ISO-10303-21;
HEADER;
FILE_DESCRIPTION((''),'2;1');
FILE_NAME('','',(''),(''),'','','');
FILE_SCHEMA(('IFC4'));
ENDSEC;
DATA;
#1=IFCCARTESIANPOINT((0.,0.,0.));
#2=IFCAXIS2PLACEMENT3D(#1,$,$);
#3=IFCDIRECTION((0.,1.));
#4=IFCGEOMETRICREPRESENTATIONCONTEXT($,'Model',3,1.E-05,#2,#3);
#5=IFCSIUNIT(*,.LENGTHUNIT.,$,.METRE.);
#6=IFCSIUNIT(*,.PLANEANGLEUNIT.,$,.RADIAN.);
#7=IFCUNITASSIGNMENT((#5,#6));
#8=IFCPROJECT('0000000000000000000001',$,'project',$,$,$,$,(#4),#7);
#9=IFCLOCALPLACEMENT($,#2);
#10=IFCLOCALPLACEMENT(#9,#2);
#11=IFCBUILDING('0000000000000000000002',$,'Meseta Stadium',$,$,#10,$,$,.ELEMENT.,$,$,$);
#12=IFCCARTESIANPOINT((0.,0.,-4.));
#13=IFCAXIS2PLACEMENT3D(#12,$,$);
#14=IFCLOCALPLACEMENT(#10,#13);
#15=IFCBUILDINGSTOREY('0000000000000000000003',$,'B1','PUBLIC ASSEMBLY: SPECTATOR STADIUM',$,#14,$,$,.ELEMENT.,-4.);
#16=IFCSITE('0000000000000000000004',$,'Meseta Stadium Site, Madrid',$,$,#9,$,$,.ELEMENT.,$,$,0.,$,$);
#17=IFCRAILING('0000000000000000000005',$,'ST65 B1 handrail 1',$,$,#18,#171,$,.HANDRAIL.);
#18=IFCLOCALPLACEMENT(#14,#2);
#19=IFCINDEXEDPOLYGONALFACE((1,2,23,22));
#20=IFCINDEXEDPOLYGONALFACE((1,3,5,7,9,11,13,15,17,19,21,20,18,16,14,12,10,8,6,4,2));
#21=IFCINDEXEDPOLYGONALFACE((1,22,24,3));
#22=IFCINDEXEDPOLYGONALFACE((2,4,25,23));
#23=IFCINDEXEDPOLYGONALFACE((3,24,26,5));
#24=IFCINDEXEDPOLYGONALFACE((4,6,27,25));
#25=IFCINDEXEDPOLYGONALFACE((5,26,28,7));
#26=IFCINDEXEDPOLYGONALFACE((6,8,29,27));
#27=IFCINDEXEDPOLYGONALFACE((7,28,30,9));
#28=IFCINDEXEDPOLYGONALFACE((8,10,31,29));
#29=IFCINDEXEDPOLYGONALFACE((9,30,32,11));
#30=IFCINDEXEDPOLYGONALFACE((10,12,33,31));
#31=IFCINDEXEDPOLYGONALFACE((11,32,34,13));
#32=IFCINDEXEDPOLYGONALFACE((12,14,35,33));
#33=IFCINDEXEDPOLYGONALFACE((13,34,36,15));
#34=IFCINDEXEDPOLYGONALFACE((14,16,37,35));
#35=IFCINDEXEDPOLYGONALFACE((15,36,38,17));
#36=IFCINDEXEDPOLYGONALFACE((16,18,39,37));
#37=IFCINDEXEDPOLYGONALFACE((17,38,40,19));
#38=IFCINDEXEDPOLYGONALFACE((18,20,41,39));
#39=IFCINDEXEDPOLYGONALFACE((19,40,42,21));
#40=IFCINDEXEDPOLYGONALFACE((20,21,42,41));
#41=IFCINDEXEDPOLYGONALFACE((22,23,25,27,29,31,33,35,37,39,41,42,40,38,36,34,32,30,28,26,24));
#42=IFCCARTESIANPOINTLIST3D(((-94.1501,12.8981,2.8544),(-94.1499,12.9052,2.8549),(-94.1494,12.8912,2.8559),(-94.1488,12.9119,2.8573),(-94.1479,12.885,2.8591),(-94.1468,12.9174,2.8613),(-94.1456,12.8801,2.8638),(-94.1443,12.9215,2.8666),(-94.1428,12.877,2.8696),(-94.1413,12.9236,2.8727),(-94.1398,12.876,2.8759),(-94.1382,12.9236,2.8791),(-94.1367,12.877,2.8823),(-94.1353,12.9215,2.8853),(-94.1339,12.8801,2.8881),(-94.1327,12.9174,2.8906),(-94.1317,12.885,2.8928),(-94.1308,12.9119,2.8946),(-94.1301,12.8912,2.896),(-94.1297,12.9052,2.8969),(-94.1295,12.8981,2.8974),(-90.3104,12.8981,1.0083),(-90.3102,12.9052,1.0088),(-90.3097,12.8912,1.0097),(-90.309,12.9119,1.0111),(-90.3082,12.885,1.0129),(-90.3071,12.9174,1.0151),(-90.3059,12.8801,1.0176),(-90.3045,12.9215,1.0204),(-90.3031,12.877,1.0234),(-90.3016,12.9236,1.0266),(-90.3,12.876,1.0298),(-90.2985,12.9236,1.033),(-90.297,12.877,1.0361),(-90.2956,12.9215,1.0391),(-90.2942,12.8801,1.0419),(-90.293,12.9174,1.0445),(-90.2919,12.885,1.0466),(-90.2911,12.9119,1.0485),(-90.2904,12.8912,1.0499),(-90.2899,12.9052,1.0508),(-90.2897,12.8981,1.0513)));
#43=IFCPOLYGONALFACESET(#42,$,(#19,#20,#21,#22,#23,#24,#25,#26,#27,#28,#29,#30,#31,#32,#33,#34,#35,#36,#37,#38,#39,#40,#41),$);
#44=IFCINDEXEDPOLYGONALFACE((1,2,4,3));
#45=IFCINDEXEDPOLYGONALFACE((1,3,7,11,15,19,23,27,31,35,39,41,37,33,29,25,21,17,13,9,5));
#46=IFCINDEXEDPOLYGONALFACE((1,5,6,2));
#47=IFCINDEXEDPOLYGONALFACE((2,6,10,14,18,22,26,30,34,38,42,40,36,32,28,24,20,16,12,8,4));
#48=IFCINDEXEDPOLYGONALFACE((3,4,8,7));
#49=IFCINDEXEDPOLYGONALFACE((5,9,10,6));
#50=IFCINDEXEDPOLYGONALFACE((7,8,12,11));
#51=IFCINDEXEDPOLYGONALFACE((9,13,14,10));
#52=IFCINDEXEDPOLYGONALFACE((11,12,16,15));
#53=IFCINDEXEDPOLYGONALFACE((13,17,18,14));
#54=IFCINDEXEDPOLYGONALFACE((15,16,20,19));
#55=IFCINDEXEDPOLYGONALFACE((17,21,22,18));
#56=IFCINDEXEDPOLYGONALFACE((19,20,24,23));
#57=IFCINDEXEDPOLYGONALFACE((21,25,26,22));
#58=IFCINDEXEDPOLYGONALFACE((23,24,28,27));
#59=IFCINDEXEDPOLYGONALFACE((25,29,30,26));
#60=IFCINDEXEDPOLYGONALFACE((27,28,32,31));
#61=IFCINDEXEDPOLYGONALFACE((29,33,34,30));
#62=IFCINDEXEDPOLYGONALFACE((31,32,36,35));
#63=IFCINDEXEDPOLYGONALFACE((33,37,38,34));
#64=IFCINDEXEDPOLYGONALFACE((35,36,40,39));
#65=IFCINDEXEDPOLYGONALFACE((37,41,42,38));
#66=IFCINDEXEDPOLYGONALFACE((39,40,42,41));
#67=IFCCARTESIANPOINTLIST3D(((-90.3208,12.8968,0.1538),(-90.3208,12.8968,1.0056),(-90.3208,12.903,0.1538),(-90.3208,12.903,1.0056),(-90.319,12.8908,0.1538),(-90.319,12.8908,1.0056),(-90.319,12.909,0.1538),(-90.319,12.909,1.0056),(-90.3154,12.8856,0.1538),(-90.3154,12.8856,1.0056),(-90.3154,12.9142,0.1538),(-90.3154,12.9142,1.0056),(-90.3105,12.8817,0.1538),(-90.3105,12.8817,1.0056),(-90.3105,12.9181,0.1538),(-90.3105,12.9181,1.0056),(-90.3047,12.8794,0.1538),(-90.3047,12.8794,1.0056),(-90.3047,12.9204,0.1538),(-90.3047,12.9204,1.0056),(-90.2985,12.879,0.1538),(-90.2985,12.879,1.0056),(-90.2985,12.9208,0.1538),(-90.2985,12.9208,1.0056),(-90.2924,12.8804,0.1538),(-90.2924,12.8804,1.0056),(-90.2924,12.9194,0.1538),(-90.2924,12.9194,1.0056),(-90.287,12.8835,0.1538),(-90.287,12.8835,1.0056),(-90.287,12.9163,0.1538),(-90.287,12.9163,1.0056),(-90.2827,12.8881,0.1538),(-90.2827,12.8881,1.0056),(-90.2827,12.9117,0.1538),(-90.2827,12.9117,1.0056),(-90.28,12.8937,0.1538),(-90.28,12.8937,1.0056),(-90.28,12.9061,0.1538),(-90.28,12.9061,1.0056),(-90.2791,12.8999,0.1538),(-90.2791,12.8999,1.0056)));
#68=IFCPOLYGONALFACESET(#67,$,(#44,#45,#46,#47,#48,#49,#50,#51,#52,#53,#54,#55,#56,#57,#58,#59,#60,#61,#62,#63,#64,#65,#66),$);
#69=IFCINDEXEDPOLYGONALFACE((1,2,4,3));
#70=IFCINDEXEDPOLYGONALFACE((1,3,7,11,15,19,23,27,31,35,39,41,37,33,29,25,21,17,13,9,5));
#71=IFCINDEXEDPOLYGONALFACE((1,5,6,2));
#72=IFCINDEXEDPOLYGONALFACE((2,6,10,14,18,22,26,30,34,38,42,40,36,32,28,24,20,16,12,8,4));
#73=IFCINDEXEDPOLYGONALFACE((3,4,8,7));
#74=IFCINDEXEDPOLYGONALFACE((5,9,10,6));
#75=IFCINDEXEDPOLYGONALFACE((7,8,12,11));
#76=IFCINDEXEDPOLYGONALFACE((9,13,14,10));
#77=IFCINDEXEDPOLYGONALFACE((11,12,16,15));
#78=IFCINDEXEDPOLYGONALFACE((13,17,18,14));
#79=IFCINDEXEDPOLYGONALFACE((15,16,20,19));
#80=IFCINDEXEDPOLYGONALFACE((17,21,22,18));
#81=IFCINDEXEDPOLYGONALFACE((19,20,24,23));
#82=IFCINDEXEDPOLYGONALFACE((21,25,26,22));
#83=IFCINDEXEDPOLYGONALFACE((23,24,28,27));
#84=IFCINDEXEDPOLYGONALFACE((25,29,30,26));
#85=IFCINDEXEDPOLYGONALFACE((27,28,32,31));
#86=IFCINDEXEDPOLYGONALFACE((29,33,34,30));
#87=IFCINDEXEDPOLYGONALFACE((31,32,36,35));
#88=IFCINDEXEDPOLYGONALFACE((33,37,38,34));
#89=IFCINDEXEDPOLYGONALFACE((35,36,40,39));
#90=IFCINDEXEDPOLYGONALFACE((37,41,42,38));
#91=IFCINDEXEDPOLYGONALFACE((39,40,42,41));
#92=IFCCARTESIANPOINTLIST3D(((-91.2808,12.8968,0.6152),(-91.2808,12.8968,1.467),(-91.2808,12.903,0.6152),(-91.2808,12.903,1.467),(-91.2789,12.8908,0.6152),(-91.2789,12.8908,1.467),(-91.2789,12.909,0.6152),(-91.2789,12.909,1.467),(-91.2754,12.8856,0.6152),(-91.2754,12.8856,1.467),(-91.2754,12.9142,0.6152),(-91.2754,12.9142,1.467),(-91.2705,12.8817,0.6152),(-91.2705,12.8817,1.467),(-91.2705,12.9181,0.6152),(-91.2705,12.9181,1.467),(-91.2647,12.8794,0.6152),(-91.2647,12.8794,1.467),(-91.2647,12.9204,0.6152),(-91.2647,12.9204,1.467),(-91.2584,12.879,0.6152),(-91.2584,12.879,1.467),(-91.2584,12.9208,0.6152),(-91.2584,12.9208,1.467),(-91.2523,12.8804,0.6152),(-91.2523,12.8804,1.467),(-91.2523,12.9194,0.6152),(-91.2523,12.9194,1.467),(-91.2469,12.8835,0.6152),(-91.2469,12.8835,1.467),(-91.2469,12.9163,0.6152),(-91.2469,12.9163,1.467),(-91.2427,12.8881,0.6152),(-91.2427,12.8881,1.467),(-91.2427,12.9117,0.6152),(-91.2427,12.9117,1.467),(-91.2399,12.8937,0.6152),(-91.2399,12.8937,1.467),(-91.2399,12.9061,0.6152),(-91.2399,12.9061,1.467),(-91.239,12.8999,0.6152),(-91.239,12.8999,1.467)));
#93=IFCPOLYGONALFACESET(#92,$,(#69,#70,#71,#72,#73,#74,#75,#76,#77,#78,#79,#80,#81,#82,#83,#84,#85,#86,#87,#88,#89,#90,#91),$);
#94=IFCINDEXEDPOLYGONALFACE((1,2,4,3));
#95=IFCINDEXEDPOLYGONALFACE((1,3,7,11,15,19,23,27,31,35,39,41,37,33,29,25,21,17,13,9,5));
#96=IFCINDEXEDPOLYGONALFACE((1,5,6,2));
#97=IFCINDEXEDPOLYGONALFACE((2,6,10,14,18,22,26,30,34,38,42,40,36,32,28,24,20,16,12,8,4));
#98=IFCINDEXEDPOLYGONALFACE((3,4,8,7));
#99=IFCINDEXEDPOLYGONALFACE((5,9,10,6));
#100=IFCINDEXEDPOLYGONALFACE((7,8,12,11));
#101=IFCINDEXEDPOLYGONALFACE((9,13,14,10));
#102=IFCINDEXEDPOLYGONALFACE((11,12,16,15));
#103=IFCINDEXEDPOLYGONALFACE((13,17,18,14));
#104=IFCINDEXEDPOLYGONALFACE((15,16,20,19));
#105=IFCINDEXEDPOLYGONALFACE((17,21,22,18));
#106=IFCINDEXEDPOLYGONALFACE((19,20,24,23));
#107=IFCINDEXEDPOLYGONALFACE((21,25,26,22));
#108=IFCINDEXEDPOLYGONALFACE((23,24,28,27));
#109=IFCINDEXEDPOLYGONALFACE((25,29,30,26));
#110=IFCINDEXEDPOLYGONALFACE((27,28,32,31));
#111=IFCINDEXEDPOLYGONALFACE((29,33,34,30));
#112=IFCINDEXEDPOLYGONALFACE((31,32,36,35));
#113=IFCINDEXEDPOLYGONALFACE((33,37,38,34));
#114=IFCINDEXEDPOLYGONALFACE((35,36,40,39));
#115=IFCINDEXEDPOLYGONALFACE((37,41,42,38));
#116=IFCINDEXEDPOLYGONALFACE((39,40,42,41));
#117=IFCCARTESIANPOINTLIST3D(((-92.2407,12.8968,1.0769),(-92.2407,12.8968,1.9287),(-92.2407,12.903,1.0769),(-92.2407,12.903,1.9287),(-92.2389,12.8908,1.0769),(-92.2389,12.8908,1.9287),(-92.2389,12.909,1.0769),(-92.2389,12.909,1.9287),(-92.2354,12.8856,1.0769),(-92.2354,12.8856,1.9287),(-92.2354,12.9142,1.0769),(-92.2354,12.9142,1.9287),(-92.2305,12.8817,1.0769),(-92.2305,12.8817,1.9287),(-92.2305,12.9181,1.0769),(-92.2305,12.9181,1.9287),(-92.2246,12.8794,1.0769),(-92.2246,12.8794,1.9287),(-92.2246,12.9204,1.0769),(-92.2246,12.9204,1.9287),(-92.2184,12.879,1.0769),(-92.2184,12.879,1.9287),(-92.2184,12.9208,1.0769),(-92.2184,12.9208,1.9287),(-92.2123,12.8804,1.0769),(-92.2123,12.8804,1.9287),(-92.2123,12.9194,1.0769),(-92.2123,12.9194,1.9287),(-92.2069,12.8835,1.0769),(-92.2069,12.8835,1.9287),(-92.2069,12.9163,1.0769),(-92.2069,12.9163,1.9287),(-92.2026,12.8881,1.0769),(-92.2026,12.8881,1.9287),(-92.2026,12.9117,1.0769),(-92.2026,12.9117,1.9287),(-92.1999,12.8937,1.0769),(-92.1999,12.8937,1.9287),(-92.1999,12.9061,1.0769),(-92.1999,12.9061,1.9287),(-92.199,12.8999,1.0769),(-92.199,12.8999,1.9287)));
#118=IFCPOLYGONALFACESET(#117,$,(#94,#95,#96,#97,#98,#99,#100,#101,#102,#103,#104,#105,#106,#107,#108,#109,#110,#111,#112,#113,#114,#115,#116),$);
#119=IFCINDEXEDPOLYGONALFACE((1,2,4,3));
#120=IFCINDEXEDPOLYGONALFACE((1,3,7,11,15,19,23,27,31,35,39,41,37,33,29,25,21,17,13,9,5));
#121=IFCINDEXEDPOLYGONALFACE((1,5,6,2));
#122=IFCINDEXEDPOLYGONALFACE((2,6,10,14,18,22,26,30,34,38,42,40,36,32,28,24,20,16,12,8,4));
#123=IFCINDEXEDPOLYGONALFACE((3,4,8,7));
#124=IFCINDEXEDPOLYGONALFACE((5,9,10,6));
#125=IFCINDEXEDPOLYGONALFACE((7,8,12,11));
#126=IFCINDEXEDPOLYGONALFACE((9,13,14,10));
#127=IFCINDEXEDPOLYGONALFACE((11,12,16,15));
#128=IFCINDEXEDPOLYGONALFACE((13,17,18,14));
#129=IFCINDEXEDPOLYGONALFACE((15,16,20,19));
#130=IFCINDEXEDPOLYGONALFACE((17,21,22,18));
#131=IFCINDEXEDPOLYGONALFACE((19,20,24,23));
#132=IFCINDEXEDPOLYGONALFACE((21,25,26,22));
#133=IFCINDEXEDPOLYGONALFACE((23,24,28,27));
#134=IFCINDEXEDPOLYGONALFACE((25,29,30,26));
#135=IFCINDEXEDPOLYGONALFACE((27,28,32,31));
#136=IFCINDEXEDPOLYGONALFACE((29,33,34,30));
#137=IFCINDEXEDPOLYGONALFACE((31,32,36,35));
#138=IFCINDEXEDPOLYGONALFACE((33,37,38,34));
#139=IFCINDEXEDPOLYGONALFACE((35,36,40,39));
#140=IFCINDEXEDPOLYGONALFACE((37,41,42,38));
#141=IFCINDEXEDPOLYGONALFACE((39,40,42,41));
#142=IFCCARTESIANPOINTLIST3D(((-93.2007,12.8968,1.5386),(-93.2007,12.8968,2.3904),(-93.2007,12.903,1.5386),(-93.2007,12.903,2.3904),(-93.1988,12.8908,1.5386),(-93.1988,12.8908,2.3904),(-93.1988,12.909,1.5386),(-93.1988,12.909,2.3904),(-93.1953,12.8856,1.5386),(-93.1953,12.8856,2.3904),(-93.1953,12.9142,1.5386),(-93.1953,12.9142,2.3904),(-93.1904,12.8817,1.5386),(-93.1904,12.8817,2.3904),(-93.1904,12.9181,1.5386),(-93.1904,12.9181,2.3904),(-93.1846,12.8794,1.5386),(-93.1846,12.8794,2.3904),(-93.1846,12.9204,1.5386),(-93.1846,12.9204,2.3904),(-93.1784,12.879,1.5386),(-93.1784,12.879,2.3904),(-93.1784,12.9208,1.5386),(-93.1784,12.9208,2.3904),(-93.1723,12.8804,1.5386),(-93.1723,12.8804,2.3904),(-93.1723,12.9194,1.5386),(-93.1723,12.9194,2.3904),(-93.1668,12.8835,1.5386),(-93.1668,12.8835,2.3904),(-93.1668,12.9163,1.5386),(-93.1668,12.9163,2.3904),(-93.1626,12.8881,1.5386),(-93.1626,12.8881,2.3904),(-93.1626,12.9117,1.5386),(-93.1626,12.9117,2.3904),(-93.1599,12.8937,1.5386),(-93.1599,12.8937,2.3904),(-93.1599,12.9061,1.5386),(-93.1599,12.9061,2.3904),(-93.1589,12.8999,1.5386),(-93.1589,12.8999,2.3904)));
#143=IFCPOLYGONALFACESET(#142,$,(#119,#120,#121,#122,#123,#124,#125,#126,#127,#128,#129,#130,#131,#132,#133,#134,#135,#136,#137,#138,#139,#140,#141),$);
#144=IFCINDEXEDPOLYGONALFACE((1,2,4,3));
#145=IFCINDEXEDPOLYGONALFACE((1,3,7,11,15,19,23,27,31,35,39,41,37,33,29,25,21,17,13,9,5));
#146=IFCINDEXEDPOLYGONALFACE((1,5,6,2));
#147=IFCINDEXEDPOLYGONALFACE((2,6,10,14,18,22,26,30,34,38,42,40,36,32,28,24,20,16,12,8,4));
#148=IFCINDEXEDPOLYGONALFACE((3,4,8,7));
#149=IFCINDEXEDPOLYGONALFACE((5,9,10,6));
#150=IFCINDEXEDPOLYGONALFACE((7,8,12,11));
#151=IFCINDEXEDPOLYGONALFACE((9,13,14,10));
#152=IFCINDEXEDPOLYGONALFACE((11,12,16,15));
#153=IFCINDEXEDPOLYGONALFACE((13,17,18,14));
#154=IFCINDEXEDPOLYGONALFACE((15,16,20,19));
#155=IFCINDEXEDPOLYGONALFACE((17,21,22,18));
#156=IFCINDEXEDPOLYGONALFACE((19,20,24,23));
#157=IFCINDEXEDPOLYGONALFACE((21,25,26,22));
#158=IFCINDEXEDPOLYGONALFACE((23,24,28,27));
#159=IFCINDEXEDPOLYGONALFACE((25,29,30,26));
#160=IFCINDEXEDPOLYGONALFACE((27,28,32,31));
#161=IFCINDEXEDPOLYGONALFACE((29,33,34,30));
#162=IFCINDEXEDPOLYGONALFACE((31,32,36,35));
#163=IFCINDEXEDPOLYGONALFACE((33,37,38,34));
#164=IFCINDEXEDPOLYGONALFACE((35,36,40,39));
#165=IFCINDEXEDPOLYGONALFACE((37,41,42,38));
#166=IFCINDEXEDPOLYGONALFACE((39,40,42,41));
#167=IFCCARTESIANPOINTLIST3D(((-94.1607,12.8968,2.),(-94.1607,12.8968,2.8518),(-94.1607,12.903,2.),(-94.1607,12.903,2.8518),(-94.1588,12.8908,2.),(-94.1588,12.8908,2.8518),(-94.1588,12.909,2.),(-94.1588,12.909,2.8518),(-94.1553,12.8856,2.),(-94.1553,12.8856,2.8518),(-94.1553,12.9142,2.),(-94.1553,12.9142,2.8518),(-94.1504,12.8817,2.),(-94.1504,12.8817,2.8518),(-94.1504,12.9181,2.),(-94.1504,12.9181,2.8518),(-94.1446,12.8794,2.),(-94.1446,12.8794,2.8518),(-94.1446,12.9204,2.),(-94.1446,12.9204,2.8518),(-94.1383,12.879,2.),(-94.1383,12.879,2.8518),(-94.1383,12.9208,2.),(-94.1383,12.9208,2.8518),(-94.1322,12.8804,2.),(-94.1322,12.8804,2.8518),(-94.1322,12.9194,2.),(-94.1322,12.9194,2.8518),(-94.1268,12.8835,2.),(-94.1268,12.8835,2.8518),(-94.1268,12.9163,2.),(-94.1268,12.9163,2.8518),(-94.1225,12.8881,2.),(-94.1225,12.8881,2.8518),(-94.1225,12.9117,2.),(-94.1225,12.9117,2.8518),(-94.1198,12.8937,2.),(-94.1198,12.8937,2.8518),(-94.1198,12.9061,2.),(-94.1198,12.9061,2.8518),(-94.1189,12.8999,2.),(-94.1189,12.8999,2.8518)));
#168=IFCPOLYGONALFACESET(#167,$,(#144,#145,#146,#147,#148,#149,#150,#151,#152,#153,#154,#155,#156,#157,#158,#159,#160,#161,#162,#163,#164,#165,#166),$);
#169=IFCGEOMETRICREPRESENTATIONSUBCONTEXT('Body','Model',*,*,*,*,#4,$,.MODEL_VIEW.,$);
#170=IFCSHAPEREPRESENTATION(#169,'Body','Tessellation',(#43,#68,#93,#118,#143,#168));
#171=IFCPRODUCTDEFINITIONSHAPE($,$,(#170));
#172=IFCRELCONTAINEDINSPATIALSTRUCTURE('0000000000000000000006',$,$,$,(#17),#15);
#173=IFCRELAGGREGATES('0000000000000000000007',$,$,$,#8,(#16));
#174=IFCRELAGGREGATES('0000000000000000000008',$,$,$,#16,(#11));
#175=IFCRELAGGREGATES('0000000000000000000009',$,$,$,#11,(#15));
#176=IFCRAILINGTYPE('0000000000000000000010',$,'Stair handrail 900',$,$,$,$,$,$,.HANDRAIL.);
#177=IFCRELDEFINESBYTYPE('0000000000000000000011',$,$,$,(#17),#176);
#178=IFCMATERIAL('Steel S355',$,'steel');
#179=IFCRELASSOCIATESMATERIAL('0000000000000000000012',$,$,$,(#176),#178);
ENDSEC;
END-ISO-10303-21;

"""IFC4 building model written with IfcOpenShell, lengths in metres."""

from ifc_helpers import new_model, si_unit, direction, frame, origin, origin_2d, place, context, subcontext, project, spatial, circle, extrude, material, type_object, element, save


model = new_model("IFC4")

# Units and contexts
model_context = context("Model", 3, precision=1e-05, world=origin(), true_north=direction((0.0, 1.0)))
body_context = subcontext(model_context, "Body", "Model", "MODEL_VIEW")
ifc_project = project(units=[si_unit("LENGTHUNIT", "METRE"), si_unit("PLANEANGLEUNIT", "RADIAN")], contexts=[model_context])

# Site, building, storey
site_placement = place(None, origin())
site = spatial("IfcSite", under=ifc_project, at=site_placement, Name="Meseta Stadium Site, Madrid", CompositionType="ELEMENT", RefElevation=0.0)
building_placement = place(site_placement, origin())
building = spatial("IfcBuilding", under=site, at=building_placement, Name="Meseta Stadium", CompositionType="ELEMENT")
storey_placement = place(building_placement, frame((0.0, 0.0, -4.0)))
storey = spatial("IfcBuildingStorey", under=building, at=storey_placement, Name="B1", Description="PUBLIC ASSEMBLY: SPECTATOR STADIUM", CompositionType="ELEMENT", Elevation=-4.0)

# Railing
ifc_material_1 = material(Name="Steel S355", Category="steel")
railing_type_1 = type_object("IfcRailingType", Name="Stair handrail 900", PredefinedType="HANDRAIL", material=ifc_material_1)
for number, where, name in (
    (1, (-90.3, 12.8999, 0.1538), "ST65 B1 handrail 1"),
):
    element("IfcRailing", number, at=place(storey_placement, frame(where)), inside=storey, type_object=railing_type_1, Name=name, PredefinedType="HANDRAIL", context=body_context, shape_type="SweptSolid", body=[
        extrude(circle(Radius=0.0239, at=origin_2d()), frame((0.0, 0.0, 0.876), z_axis=(-0.901242, 0.0, 0.433316), x_axis=(0.0, -1.0, 0.0)), (0.0, 0.0, 1.0), 4.2605),
        extrude(circle(Radius=0.021, at=origin_2d()), origin(), (0.0, 0.0, 1.0), 0.8518),
        extrude(circle(Radius=0.021, at=origin_2d()), frame((-0.96, 0.0, 0.4614)), (0.0, 0.0, 1.0), 0.8518),
        extrude(circle(Radius=0.021, at=origin_2d()), frame((-1.9199, 0.0, 0.9231)), (0.0, 0.0, 1.0), 0.8518),
        extrude(circle(Radius=0.021, at=origin_2d()), frame((-2.8799, 0.0, 1.3848)), (0.0, 0.0, 1.0), 0.8518),
        extrude(circle(Radius=0.021, at=origin_2d()), frame((-3.8398, 0.0, 1.8462)), (0.0, 0.0, 1.0), 0.8518),
    ])

save(model, "model.ifc")
